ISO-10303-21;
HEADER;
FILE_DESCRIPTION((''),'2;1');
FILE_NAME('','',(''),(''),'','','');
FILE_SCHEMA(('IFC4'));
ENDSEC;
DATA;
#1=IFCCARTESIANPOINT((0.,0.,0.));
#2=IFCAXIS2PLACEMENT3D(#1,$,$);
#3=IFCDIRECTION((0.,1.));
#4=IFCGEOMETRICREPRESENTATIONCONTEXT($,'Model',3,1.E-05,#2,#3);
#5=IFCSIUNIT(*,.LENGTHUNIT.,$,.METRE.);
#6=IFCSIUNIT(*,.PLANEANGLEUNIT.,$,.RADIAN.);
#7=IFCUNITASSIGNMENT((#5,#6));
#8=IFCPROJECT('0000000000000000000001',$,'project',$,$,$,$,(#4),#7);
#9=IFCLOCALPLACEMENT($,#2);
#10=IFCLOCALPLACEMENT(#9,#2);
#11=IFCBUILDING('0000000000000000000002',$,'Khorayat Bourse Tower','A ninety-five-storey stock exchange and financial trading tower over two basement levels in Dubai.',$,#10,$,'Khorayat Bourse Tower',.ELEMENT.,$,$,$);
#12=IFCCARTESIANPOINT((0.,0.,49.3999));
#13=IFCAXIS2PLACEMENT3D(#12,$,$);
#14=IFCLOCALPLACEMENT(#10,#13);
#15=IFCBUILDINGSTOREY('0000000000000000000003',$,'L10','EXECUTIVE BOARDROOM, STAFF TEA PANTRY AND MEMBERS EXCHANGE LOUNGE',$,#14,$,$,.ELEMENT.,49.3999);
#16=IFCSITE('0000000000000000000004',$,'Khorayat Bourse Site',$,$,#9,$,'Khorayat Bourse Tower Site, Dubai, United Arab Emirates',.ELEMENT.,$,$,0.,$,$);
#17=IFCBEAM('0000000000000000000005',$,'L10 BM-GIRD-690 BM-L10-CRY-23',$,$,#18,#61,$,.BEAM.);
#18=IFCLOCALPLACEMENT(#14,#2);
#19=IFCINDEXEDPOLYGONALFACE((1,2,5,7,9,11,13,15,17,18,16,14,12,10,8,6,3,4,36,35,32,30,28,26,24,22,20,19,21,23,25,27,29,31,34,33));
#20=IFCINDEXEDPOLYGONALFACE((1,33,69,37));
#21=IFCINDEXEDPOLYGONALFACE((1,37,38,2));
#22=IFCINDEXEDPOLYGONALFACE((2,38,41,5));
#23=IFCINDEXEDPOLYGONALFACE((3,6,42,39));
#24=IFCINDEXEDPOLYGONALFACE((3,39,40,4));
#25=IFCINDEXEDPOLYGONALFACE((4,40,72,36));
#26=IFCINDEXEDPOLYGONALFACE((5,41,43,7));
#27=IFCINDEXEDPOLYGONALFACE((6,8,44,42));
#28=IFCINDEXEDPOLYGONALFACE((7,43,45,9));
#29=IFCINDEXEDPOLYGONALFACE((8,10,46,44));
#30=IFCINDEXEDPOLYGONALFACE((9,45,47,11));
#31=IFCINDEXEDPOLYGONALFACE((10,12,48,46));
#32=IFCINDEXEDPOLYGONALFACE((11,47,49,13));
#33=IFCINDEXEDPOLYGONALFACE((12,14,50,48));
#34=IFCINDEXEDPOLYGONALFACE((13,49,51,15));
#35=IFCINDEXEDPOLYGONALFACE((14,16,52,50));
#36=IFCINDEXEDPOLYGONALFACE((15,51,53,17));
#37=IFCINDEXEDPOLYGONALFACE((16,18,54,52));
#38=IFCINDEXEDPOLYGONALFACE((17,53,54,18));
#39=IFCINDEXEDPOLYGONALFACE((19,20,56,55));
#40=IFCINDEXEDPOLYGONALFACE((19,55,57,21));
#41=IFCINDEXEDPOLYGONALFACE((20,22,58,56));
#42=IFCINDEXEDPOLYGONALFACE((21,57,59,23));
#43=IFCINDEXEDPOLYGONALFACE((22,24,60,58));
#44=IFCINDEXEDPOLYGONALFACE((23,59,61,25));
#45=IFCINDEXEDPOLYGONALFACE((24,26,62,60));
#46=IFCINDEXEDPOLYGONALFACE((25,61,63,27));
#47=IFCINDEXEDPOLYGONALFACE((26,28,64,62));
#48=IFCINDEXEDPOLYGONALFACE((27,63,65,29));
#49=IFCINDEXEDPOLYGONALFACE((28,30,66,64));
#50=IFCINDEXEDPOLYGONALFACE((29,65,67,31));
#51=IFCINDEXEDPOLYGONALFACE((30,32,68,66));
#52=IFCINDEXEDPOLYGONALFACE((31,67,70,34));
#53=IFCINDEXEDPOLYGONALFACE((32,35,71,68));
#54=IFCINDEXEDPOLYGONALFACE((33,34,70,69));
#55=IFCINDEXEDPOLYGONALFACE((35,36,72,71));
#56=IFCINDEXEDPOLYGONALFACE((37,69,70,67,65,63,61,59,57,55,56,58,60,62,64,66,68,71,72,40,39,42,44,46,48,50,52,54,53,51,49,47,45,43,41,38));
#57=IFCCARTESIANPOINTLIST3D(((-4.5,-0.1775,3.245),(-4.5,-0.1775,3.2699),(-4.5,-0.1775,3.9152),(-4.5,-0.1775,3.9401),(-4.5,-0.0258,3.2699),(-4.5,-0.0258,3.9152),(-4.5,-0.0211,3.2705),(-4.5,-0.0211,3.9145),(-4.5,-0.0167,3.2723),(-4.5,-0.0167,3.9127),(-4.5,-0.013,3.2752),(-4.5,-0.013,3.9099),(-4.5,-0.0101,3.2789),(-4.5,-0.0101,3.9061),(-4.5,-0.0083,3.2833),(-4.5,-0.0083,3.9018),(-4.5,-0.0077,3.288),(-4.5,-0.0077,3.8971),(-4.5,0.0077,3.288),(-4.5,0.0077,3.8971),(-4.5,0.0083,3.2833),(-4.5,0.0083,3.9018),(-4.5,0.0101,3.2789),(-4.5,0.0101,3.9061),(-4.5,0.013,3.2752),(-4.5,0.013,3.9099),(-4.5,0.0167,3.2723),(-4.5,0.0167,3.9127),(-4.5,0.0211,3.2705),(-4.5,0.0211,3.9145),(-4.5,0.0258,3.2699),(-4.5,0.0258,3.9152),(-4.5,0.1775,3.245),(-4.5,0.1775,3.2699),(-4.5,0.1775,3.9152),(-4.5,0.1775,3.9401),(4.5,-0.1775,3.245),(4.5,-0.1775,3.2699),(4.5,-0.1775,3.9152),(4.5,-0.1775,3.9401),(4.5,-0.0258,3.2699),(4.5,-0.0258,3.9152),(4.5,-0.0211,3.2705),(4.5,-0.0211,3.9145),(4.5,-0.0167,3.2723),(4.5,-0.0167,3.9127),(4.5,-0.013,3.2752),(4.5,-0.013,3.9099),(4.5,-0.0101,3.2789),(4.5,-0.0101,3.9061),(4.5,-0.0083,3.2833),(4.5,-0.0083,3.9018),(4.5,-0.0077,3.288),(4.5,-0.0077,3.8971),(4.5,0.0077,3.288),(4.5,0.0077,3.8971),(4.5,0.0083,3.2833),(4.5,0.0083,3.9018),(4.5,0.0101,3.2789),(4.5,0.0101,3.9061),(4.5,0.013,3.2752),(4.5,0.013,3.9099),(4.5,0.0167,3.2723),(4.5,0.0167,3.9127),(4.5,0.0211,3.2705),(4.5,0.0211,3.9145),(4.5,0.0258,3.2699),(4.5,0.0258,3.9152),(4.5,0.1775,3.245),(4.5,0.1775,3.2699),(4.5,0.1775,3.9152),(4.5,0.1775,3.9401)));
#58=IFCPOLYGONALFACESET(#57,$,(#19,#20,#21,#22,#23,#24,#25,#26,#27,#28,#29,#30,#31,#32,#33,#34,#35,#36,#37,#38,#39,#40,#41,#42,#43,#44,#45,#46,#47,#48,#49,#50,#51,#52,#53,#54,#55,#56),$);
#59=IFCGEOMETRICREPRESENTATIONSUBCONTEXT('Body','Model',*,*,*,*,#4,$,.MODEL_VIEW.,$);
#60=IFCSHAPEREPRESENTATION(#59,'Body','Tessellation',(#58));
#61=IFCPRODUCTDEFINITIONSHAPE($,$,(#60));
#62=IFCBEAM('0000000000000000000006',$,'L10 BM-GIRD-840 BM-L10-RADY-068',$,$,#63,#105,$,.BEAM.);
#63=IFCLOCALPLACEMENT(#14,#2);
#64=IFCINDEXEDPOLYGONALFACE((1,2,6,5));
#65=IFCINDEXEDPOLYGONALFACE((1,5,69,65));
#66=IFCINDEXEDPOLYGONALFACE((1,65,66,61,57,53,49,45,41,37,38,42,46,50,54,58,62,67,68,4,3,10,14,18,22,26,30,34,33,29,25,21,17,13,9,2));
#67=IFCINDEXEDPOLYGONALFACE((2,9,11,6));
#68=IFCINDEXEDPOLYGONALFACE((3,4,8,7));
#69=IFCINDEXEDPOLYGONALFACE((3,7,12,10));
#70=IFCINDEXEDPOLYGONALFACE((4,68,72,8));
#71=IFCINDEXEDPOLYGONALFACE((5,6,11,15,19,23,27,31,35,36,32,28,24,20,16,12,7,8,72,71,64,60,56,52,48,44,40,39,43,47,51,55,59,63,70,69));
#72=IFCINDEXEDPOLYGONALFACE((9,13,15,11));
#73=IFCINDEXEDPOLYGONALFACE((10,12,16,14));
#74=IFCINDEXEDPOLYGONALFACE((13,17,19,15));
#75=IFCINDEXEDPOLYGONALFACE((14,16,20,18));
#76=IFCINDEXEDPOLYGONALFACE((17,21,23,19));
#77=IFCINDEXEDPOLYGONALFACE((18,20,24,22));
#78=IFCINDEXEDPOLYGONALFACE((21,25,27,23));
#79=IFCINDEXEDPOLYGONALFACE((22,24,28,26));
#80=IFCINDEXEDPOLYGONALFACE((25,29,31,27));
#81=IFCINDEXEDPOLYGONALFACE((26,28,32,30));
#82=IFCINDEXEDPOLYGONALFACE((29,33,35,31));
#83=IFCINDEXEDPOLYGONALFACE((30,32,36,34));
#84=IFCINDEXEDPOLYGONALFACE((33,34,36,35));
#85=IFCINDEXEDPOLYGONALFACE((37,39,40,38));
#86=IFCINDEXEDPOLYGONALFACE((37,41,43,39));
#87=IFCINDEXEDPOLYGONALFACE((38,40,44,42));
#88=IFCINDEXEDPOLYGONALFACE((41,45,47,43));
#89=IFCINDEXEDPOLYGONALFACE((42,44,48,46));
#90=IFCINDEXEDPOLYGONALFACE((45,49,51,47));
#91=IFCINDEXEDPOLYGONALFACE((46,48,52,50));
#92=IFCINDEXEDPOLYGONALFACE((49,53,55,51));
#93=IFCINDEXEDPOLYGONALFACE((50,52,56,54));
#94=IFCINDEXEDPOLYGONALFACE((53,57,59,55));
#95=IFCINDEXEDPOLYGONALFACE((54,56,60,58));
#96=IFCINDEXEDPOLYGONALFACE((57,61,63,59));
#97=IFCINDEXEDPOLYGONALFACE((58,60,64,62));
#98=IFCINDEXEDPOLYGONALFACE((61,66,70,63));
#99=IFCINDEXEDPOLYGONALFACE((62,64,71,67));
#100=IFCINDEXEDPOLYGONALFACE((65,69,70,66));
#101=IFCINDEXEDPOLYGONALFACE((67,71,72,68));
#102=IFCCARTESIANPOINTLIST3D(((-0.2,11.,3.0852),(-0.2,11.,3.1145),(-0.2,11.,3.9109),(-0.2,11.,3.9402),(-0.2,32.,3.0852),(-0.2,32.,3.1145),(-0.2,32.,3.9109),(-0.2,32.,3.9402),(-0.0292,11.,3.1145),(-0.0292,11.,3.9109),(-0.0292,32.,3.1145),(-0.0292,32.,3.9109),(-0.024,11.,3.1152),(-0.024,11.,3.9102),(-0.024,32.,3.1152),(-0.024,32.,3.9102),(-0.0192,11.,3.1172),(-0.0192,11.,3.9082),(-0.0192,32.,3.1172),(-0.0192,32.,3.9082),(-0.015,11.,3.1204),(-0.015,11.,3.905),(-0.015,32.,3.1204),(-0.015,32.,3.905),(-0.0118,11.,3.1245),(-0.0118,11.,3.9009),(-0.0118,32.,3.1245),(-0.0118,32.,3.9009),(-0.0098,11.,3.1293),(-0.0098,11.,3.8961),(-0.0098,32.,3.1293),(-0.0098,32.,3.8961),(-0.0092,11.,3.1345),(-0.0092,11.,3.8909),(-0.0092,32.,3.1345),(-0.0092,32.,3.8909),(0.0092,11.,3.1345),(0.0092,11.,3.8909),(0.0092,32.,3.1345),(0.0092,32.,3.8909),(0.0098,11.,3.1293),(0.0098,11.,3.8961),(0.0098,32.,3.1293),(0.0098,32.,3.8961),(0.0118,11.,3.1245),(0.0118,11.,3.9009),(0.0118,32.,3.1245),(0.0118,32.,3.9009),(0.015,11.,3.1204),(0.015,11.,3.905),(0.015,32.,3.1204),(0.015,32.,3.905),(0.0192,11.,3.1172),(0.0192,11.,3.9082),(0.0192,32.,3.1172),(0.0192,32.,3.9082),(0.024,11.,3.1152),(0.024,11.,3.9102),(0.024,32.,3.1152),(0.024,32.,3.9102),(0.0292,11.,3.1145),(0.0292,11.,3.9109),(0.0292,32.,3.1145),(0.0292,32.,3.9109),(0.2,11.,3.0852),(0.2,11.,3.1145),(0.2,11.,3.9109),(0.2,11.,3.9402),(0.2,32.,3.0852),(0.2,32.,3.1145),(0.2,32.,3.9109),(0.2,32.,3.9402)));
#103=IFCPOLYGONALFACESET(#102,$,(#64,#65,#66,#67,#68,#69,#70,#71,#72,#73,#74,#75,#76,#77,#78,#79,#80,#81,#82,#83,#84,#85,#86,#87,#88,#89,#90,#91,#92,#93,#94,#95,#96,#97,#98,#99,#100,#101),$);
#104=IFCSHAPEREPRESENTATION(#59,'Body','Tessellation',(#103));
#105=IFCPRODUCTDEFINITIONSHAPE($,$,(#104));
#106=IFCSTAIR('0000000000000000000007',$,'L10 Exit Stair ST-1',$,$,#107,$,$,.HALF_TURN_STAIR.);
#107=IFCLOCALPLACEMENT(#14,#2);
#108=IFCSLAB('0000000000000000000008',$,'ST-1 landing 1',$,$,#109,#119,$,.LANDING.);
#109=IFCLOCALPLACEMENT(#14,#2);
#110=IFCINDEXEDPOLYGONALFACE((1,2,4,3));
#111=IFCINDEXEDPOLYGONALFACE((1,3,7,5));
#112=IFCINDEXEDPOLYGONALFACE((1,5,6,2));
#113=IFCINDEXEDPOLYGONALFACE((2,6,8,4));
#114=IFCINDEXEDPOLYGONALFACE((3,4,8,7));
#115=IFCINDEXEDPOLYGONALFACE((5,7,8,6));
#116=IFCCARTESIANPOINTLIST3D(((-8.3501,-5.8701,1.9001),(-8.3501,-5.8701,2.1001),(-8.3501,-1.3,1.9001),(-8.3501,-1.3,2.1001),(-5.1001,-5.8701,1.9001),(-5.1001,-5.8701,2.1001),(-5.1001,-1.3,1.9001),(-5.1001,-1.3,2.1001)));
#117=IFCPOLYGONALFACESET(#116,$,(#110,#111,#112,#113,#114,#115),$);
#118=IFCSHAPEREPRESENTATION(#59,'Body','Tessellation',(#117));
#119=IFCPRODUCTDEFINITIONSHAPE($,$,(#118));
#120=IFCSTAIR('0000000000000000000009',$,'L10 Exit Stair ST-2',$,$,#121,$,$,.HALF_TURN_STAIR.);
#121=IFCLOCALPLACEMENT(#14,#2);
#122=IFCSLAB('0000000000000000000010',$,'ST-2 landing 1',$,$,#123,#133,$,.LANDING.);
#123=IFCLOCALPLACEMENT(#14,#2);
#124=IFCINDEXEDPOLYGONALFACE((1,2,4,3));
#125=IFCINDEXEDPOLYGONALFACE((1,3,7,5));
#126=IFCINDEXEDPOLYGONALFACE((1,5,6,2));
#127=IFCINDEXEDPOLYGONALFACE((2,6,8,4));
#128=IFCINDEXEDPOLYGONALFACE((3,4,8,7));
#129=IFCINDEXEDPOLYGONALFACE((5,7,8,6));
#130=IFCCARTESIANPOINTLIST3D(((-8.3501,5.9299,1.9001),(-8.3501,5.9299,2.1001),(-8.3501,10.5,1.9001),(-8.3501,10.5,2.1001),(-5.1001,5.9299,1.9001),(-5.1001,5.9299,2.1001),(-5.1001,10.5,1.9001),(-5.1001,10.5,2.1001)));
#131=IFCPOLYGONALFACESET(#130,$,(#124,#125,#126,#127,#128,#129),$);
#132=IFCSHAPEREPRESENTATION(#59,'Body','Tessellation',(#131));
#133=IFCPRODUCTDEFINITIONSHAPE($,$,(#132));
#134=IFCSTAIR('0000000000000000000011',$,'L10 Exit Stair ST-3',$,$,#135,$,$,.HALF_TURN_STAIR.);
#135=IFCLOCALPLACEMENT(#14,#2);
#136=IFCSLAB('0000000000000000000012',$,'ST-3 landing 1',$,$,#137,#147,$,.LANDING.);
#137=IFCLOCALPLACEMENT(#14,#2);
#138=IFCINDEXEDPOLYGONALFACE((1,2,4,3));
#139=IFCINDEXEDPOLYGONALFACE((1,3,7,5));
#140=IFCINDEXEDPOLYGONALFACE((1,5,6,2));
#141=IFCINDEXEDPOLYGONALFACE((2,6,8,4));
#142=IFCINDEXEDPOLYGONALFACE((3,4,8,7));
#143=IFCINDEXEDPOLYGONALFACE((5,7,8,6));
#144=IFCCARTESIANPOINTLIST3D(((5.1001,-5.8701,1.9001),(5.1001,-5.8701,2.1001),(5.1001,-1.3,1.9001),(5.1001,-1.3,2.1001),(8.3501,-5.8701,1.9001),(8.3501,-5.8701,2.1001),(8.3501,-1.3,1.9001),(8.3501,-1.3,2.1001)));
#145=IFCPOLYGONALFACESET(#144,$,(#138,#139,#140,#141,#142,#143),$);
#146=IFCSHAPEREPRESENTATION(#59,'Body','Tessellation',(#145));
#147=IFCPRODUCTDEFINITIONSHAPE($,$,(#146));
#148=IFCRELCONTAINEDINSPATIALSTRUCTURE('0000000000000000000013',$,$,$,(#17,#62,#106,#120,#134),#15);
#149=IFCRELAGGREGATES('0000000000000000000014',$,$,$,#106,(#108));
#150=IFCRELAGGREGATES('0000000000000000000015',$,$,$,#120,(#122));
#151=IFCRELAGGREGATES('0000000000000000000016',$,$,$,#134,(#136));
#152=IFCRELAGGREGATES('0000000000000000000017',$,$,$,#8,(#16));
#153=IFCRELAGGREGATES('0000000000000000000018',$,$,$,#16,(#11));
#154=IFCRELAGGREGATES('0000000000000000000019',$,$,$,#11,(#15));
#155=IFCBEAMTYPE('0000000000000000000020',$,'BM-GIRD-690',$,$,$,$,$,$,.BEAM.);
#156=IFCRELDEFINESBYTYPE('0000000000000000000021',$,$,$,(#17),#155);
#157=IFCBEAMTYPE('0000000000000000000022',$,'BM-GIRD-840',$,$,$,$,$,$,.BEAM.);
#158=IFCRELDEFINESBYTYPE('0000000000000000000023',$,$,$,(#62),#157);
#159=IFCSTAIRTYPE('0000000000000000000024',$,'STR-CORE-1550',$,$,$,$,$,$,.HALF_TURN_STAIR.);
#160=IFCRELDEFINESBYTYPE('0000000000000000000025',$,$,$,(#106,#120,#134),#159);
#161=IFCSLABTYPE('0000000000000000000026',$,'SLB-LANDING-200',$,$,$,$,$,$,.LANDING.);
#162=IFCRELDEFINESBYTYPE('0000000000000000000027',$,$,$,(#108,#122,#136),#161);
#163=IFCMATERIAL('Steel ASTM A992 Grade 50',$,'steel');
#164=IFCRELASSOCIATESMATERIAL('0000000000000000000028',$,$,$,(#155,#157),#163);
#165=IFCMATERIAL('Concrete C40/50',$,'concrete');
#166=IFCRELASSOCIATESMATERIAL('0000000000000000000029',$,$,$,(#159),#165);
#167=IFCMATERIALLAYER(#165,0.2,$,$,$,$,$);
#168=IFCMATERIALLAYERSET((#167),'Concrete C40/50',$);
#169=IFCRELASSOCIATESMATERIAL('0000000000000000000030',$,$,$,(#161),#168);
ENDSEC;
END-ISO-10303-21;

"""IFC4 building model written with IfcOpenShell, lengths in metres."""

from ifc_helpers import new_model, si_unit, direction, frame, origin, origin_2d, place, context, subcontext, project, spatial, polyline, i_section, outline, extrude, source, transform, mapped, material, layer, layer_set, material_profile, profile_set, type_object, element, aggregate, save


model = new_model("IFC4")

# Units and contexts
model_context = context("Model", 3, precision=1e-05, world=origin(), true_north=direction((0.0, 1.0)))
body_context = subcontext(model_context, "Body", "Model", "MODEL_VIEW")
ifc_project = project(units=[si_unit("LENGTHUNIT", "METRE"), si_unit("PLANEANGLEUNIT", "RADIAN")], contexts=[model_context])

# Site, building, storey
site_placement = place(None, origin())
site = spatial("IfcSite", under=ifc_project, at=site_placement, Name="Khorayat Bourse Site", LongName="Khorayat Bourse Tower Site, Dubai, United Arab Emirates", CompositionType="ELEMENT", RefElevation=0.0)
building_placement = place(site_placement, origin())
building = spatial("IfcBuilding", under=site, at=building_placement, Name="Khorayat Bourse Tower", Description="A ninety-five-storey stock exchange and financial trading tower over two basement levels in Dubai.", LongName="Khorayat Bourse Tower", CompositionType="ELEMENT")
storey_placement = place(building_placement, frame((0.0, 0.0, 49.3999)))
storey = spatial("IfcBuildingStorey", under=building, at=storey_placement, Name="L10", Description="EXECUTIVE BOARDROOM, STAFF TEA PANTRY AND MEMBERS EXCHANGE LOUNGE", CompositionType="ELEMENT", Elevation=49.3999)

# Beams
ifc_material_1 = material(Name="Steel ASTM A992 Grade 50", Category="steel")
ifc_material_profile_1 = material_profile(ifc_material_1, i_section(OverallWidth=0.355, OverallDepth=0.6951, WebThickness=0.0154, FlangeThickness=0.0249, FilletRadius=0.0181, at=origin_2d()), Name="W690X217")
ifc_profile_set_1 = profile_set([ifc_material_profile_1], Name="Steel ASTM A992 Grade 50")
beam_type_1 = type_object("IfcBeamType", Name="BM-GIRD-690", PredefinedType="BEAM", material=ifc_profile_set_1)
shared_shape_1 = source(origin(), body_context, "Body", "SweptSolid", [
    extrude(i_section(OverallWidth=0.355, OverallDepth=0.6951, WebThickness=0.0154, FlangeThickness=0.0249, FilletRadius=0.0181, at=origin_2d()), origin(), (0.0, 0.0, 1.0), 9.0),
])
beam_1_placement = place(storey_placement, frame((-4.5, 0.0, 3.5925), z_axis=(1.0, 0.0, 0.0), x_axis=(0.0, 1.0, 0.0)))
element("IfcBeam", 1, at=beam_1_placement, inside=storey, type_object=beam_type_1, Name="L10 BM-GIRD-690 BM-L10-CRY-23", PredefinedType="BEAM", context=body_context, shape_type="MappedRepresentation", body=[
    mapped(shared_shape_1, transform((0.0, 0.0, 0.0), scale=1.0)),
])
ifc_material_profile_2 = material_profile(ifc_material_1, i_section(OverallWidth=0.3999, OverallDepth=0.855, WebThickness=0.0183, FlangeThickness=0.0293, FilletRadius=0.02, at=origin_2d()), Name="W840X299")
ifc_profile_set_2 = profile_set([ifc_material_profile_2], Name="Steel ASTM A992 Grade 50")
beam_type_2 = type_object("IfcBeamType", Name="BM-GIRD-840", PredefinedType="BEAM", material=ifc_profile_set_2)
shared_shape_2 = source(origin(), body_context, "Body", "SweptSolid", [
    extrude(i_section(OverallWidth=0.3999, OverallDepth=0.855, WebThickness=0.0183, FlangeThickness=0.0293, FilletRadius=0.02, at=origin_2d()), origin(), (0.0, 0.0, 1.0), 21.0),
])
beam_2_placement = place(storey_placement, frame((0.0, 11.0, 3.5127), z_axis=(0.0, 1.0, 0.0), x_axis=(-1.0, 0.0, 0.0)))
element("IfcBeam", 2, at=beam_2_placement, inside=storey, type_object=beam_type_2, Name="L10 BM-GIRD-840 BM-L10-RADY-068", PredefinedType="BEAM", context=body_context, shape_type="MappedRepresentation", body=[
    mapped(shared_shape_2, transform((0.0, 0.0, 0.0), scale=1.0)),
])

# Stairs, slabs
ifc_material_2 = material(Name="Concrete C40/50", Category="concrete")
stair_type = type_object("IfcStairType", Name="STR-CORE-1550", PredefinedType="HALF_TURN_STAIR", material=ifc_material_2)
stair_1_placement = place(storey_placement, origin())
stair_1 = element("IfcStair", 3, at=stair_1_placement, inside=storey, type_object=stair_type, Name="L10 Exit Stair ST-1", PredefinedType="HALF_TURN_STAIR")
ifc_layer_1 = layer(ifc_material_2, 0.2)
ifc_layer_set_1 = layer_set([ifc_layer_1], Name="Concrete C40/50")
slab_type_1 = type_object("IfcSlabType", Name="SLB-LANDING-200", PredefinedType="LANDING", material=ifc_layer_set_1)
slab_1_placement = place(storey_placement, frame((0.0, 0.0, 1.9001)))
slab_1 = element("IfcSlab", 4, at=slab_1_placement, type_object=slab_type_1, Name="ST-1 landing 1", PredefinedType="LANDING", context=body_context, shape_type="SweptSolid", body=[
    extrude(outline(polyline([(-5.1001, -5.8701), (-5.1001, -1.3), (-8.3501, -1.3), (-8.3501, -5.8701), (-5.1001, -5.8701)])), origin(), (0.0, 0.0, 1.0), 0.2),
])
aggregate(stair_1, [slab_1])
stair_2_placement = place(storey_placement, origin())
stair_2 = element("IfcStair", 5, at=stair_2_placement, inside=storey, type_object=stair_type, Name="L10 Exit Stair ST-2", PredefinedType="HALF_TURN_STAIR")
slab_2_placement = place(storey_placement, frame((0.0, 0.0, 1.9001)))
slab_2 = element("IfcSlab", 6, at=slab_2_placement, type_object=slab_type_1, Name="ST-2 landing 1", PredefinedType="LANDING", context=body_context, shape_type="SweptSolid", body=[
    extrude(outline(polyline([(-5.1001, 5.9299), (-5.1001, 10.5), (-8.3501, 10.5), (-8.3501, 5.9299), (-5.1001, 5.9299)])), origin(), (0.0, 0.0, 1.0), 0.2),
])
aggregate(stair_2, [slab_2])
stair_3_placement = place(storey_placement, origin())
stair_3 = element("IfcStair", 7, at=stair_3_placement, inside=storey, type_object=stair_type, Name="L10 Exit Stair ST-3", PredefinedType="HALF_TURN_STAIR")
slab_3_placement = place(storey_placement, frame((0.0, 0.0, 1.9001)))
slab_3 = element("IfcSlab", 8, at=slab_3_placement, type_object=slab_type_1, Name="ST-3 landing 1", PredefinedType="LANDING", context=body_context, shape_type="SweptSolid", body=[
    extrude(outline(polyline([(8.3501, -5.8701), (8.3501, -1.3), (5.1001, -1.3), (5.1001, -5.8701), (8.3501, -5.8701)])), origin(), (0.0, 0.0, 1.0), 0.2),
])
aggregate(stair_3, [slab_3])

save(model, "model.ifc")
